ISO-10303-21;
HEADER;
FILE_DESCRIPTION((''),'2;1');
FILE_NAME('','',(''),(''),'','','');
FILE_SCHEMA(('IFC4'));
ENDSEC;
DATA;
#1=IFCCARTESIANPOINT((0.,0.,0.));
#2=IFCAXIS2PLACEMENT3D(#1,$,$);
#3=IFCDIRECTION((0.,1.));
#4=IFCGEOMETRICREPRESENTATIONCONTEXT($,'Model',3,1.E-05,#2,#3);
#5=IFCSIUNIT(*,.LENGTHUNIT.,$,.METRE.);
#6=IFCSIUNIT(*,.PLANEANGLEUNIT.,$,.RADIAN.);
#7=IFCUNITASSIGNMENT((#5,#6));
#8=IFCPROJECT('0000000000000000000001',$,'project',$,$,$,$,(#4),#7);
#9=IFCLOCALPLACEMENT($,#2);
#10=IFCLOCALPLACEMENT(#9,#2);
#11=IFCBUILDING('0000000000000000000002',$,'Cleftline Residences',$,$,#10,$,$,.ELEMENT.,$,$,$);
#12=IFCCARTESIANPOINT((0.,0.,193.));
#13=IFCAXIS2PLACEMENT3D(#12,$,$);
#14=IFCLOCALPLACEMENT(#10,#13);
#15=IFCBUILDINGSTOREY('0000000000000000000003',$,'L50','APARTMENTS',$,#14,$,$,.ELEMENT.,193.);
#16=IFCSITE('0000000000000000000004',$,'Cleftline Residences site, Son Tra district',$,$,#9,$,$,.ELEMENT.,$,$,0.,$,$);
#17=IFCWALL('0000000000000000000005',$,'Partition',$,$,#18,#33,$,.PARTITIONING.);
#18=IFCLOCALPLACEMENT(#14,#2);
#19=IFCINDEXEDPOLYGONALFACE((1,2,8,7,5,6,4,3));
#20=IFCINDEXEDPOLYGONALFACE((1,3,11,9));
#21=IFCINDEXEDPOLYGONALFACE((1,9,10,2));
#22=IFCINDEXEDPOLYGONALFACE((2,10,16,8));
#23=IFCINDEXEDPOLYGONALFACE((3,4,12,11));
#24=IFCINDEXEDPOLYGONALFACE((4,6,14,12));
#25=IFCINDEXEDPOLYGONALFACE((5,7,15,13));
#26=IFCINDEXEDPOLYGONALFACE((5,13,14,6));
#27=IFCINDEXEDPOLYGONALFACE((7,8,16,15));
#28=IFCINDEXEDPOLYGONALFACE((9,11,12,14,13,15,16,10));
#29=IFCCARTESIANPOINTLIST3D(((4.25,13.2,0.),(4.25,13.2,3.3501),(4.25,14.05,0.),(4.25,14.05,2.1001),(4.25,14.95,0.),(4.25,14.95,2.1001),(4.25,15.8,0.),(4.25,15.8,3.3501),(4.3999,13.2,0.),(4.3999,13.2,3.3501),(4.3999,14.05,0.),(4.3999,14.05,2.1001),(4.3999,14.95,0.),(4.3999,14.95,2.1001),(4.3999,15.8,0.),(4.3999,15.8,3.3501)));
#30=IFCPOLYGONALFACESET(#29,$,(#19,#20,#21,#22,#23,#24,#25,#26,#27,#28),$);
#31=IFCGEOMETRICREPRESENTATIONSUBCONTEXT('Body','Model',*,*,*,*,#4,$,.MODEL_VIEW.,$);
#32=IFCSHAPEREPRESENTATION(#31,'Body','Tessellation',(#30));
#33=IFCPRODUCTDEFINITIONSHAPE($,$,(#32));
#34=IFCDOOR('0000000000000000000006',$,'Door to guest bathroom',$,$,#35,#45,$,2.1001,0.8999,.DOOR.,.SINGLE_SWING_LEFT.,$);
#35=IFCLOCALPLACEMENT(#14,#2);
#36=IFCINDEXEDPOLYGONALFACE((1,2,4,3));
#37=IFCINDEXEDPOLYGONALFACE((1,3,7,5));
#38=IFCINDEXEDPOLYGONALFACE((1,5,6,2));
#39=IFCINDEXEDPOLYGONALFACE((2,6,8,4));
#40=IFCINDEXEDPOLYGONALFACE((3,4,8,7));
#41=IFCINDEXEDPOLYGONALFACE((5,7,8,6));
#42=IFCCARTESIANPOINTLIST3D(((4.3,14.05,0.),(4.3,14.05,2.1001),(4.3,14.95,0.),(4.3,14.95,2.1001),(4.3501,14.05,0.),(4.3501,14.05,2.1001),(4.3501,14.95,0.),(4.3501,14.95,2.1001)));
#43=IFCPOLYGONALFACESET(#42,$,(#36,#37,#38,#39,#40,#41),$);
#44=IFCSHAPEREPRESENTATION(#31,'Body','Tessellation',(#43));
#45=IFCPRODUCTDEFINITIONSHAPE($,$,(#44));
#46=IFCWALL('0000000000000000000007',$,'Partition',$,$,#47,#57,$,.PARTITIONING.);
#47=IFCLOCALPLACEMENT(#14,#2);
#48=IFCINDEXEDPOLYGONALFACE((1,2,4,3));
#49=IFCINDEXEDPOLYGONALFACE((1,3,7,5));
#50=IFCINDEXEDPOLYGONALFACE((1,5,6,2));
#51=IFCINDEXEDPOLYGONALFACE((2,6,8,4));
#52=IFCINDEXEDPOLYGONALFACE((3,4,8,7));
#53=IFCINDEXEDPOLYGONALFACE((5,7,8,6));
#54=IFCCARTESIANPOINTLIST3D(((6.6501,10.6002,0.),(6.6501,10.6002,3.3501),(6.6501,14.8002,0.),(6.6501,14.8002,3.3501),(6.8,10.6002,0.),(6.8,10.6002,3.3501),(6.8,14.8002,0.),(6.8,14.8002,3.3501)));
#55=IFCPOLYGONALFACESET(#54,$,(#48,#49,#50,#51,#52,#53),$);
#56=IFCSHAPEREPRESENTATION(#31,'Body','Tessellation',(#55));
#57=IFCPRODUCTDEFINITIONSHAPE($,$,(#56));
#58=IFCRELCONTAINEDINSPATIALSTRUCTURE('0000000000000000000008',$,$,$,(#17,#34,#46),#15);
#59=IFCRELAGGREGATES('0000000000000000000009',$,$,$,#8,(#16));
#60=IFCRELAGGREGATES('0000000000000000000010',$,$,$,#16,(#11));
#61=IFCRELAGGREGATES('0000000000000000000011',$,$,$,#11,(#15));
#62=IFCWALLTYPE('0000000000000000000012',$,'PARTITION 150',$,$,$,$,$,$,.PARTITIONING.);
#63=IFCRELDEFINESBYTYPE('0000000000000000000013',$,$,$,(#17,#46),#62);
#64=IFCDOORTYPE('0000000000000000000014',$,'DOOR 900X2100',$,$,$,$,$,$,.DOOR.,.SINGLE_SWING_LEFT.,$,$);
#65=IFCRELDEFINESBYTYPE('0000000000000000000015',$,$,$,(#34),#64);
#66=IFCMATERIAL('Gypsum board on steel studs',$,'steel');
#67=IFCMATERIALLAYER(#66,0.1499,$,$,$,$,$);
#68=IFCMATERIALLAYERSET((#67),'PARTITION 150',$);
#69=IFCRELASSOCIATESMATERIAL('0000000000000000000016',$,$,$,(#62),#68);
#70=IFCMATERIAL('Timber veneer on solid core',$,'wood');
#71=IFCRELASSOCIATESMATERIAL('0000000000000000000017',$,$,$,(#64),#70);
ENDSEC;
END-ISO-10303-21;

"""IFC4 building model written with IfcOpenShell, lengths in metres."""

from ifc_helpers import new_model, si_unit, direction, frame, frame_2d, origin, place, context, subcontext, project, spatial, rectangle, extrude, material, layer, layer_set, type_object, element, fill, save


model = new_model("IFC4")

# Units and contexts
model_context = context("Model", 3, precision=1e-05, world=origin(), true_north=direction((0.0, 1.0)))
body_context = subcontext(model_context, "Body", "Model", "MODEL_VIEW")
ifc_project = project(units=[si_unit("LENGTHUNIT", "METRE"), si_unit("PLANEANGLEUNIT", "RADIAN")], contexts=[model_context])

# Site, building, storey
site_placement = place(None, origin())
site = spatial("IfcSite", under=ifc_project, at=site_placement, Name="Cleftline Residences site, Son Tra district", CompositionType="ELEMENT", RefElevation=0.0)
building_placement = place(site_placement, origin())
building = spatial("IfcBuilding", under=site, at=building_placement, Name="Cleftline Residences", CompositionType="ELEMENT")
storey_placement = place(building_placement, frame((0.0, 0.0, 193.0)))
storey = spatial("IfcBuildingStorey", under=building, at=storey_placement, Name="L50", Description="APARTMENTS", CompositionType="ELEMENT", Elevation=193.0)

# Shared definitions
ifc_material_1 = material(Name="Gypsum board on steel studs", Category="steel")
ifc_layer = layer(ifc_material_1, 0.1499)
ifc_layer_set = layer_set([ifc_layer], Name="PARTITION 150")
wall_type = type_object("IfcWallType", Name="PARTITION 150", PredefinedType="PARTITIONING", material=ifc_layer_set)
ifc_material_2 = material(Name="Timber veneer on solid core", Category="wood")
door_type_1 = type_object("IfcDoorType", Name="DOOR 900X2100", OperationType="SINGLE_SWING_LEFT", PredefinedType="DOOR", material=ifc_material_2)

# Wall, opening, door
wall_1_placement = place(storey_placement, frame((4.325, 13.2, 0.0), z_axis=(0.0, 0.0, 1.0), x_axis=(0.0, 1.0, 0.0)))
wall_1 = element("IfcWall", 1, at=wall_1_placement, inside=storey, type_object=wall_type, Name="Partition", PredefinedType="PARTITIONING", context=body_context, shape_type="SweptSolid", body=[
    extrude(rectangle(XDim=2.6001, YDim=0.1499, at=frame_2d((1.3, 0.0))), origin(), (0.0, 0.0, 1.0), 3.3501),
])
opening_1_placement = place(wall_1_placement, frame((0.8501, 0.0, 0.0)))
opening_1 = element("IfcOpeningElement", 2, at=opening_1_placement, cuts=wall_1, PredefinedType="OPENING", context=body_context, shape_type="SweptSolid", body=[
    extrude(rectangle(XDim=0.8999, YDim=2.1001, at=frame_2d((0.45, 1.05))), frame((0.0, 0.085, 0.0), z_axis=(0.0, -1.0, 0.0), x_axis=(1.0, 0.0, 0.0)), (0.0, 0.0, 1.0), 0.1699),
])
door_1_placement = place(opening_1_placement, origin())
door_1 = element("IfcDoor", 3, at=door_1_placement, inside=storey, type_object=door_type_1, Name="Door to guest bathroom", OperationType="SINGLE_SWING_LEFT", OverallHeight=2.1001, OverallWidth=0.8999, PredefinedType="DOOR", context=body_context, shape_type="SweptSolid", body=[
    extrude(rectangle(XDim=0.8999, YDim=2.1001, at=frame_2d((0.45, 1.05))), frame((0.0, 0.0249, 0.0), z_axis=(0.0, -1.0, 0.0), x_axis=(1.0, 0.0, 0.0)), (0.0, 0.0, 1.0), 0.05),
])
fill(opening_1, door_1)

# Wall
wall_2_placement = place(storey_placement, frame((6.7251, 10.6001, 0.0), z_axis=(0.0, 0.0, 1.0), x_axis=(0.0, 1.0, 0.0)))
element("IfcWall", 4, at=wall_2_placement, inside=storey, type_object=wall_type, Name="Partition", PredefinedType="PARTITIONING", context=body_context, shape_type="SweptSolid", body=[
    extrude(rectangle(XDim=4.2, YDim=0.1499, at=frame_2d((2.1001, 0.0))), origin(), (0.0, 0.0, 1.0), 3.3501),
])

save(model, "model.ifc")
